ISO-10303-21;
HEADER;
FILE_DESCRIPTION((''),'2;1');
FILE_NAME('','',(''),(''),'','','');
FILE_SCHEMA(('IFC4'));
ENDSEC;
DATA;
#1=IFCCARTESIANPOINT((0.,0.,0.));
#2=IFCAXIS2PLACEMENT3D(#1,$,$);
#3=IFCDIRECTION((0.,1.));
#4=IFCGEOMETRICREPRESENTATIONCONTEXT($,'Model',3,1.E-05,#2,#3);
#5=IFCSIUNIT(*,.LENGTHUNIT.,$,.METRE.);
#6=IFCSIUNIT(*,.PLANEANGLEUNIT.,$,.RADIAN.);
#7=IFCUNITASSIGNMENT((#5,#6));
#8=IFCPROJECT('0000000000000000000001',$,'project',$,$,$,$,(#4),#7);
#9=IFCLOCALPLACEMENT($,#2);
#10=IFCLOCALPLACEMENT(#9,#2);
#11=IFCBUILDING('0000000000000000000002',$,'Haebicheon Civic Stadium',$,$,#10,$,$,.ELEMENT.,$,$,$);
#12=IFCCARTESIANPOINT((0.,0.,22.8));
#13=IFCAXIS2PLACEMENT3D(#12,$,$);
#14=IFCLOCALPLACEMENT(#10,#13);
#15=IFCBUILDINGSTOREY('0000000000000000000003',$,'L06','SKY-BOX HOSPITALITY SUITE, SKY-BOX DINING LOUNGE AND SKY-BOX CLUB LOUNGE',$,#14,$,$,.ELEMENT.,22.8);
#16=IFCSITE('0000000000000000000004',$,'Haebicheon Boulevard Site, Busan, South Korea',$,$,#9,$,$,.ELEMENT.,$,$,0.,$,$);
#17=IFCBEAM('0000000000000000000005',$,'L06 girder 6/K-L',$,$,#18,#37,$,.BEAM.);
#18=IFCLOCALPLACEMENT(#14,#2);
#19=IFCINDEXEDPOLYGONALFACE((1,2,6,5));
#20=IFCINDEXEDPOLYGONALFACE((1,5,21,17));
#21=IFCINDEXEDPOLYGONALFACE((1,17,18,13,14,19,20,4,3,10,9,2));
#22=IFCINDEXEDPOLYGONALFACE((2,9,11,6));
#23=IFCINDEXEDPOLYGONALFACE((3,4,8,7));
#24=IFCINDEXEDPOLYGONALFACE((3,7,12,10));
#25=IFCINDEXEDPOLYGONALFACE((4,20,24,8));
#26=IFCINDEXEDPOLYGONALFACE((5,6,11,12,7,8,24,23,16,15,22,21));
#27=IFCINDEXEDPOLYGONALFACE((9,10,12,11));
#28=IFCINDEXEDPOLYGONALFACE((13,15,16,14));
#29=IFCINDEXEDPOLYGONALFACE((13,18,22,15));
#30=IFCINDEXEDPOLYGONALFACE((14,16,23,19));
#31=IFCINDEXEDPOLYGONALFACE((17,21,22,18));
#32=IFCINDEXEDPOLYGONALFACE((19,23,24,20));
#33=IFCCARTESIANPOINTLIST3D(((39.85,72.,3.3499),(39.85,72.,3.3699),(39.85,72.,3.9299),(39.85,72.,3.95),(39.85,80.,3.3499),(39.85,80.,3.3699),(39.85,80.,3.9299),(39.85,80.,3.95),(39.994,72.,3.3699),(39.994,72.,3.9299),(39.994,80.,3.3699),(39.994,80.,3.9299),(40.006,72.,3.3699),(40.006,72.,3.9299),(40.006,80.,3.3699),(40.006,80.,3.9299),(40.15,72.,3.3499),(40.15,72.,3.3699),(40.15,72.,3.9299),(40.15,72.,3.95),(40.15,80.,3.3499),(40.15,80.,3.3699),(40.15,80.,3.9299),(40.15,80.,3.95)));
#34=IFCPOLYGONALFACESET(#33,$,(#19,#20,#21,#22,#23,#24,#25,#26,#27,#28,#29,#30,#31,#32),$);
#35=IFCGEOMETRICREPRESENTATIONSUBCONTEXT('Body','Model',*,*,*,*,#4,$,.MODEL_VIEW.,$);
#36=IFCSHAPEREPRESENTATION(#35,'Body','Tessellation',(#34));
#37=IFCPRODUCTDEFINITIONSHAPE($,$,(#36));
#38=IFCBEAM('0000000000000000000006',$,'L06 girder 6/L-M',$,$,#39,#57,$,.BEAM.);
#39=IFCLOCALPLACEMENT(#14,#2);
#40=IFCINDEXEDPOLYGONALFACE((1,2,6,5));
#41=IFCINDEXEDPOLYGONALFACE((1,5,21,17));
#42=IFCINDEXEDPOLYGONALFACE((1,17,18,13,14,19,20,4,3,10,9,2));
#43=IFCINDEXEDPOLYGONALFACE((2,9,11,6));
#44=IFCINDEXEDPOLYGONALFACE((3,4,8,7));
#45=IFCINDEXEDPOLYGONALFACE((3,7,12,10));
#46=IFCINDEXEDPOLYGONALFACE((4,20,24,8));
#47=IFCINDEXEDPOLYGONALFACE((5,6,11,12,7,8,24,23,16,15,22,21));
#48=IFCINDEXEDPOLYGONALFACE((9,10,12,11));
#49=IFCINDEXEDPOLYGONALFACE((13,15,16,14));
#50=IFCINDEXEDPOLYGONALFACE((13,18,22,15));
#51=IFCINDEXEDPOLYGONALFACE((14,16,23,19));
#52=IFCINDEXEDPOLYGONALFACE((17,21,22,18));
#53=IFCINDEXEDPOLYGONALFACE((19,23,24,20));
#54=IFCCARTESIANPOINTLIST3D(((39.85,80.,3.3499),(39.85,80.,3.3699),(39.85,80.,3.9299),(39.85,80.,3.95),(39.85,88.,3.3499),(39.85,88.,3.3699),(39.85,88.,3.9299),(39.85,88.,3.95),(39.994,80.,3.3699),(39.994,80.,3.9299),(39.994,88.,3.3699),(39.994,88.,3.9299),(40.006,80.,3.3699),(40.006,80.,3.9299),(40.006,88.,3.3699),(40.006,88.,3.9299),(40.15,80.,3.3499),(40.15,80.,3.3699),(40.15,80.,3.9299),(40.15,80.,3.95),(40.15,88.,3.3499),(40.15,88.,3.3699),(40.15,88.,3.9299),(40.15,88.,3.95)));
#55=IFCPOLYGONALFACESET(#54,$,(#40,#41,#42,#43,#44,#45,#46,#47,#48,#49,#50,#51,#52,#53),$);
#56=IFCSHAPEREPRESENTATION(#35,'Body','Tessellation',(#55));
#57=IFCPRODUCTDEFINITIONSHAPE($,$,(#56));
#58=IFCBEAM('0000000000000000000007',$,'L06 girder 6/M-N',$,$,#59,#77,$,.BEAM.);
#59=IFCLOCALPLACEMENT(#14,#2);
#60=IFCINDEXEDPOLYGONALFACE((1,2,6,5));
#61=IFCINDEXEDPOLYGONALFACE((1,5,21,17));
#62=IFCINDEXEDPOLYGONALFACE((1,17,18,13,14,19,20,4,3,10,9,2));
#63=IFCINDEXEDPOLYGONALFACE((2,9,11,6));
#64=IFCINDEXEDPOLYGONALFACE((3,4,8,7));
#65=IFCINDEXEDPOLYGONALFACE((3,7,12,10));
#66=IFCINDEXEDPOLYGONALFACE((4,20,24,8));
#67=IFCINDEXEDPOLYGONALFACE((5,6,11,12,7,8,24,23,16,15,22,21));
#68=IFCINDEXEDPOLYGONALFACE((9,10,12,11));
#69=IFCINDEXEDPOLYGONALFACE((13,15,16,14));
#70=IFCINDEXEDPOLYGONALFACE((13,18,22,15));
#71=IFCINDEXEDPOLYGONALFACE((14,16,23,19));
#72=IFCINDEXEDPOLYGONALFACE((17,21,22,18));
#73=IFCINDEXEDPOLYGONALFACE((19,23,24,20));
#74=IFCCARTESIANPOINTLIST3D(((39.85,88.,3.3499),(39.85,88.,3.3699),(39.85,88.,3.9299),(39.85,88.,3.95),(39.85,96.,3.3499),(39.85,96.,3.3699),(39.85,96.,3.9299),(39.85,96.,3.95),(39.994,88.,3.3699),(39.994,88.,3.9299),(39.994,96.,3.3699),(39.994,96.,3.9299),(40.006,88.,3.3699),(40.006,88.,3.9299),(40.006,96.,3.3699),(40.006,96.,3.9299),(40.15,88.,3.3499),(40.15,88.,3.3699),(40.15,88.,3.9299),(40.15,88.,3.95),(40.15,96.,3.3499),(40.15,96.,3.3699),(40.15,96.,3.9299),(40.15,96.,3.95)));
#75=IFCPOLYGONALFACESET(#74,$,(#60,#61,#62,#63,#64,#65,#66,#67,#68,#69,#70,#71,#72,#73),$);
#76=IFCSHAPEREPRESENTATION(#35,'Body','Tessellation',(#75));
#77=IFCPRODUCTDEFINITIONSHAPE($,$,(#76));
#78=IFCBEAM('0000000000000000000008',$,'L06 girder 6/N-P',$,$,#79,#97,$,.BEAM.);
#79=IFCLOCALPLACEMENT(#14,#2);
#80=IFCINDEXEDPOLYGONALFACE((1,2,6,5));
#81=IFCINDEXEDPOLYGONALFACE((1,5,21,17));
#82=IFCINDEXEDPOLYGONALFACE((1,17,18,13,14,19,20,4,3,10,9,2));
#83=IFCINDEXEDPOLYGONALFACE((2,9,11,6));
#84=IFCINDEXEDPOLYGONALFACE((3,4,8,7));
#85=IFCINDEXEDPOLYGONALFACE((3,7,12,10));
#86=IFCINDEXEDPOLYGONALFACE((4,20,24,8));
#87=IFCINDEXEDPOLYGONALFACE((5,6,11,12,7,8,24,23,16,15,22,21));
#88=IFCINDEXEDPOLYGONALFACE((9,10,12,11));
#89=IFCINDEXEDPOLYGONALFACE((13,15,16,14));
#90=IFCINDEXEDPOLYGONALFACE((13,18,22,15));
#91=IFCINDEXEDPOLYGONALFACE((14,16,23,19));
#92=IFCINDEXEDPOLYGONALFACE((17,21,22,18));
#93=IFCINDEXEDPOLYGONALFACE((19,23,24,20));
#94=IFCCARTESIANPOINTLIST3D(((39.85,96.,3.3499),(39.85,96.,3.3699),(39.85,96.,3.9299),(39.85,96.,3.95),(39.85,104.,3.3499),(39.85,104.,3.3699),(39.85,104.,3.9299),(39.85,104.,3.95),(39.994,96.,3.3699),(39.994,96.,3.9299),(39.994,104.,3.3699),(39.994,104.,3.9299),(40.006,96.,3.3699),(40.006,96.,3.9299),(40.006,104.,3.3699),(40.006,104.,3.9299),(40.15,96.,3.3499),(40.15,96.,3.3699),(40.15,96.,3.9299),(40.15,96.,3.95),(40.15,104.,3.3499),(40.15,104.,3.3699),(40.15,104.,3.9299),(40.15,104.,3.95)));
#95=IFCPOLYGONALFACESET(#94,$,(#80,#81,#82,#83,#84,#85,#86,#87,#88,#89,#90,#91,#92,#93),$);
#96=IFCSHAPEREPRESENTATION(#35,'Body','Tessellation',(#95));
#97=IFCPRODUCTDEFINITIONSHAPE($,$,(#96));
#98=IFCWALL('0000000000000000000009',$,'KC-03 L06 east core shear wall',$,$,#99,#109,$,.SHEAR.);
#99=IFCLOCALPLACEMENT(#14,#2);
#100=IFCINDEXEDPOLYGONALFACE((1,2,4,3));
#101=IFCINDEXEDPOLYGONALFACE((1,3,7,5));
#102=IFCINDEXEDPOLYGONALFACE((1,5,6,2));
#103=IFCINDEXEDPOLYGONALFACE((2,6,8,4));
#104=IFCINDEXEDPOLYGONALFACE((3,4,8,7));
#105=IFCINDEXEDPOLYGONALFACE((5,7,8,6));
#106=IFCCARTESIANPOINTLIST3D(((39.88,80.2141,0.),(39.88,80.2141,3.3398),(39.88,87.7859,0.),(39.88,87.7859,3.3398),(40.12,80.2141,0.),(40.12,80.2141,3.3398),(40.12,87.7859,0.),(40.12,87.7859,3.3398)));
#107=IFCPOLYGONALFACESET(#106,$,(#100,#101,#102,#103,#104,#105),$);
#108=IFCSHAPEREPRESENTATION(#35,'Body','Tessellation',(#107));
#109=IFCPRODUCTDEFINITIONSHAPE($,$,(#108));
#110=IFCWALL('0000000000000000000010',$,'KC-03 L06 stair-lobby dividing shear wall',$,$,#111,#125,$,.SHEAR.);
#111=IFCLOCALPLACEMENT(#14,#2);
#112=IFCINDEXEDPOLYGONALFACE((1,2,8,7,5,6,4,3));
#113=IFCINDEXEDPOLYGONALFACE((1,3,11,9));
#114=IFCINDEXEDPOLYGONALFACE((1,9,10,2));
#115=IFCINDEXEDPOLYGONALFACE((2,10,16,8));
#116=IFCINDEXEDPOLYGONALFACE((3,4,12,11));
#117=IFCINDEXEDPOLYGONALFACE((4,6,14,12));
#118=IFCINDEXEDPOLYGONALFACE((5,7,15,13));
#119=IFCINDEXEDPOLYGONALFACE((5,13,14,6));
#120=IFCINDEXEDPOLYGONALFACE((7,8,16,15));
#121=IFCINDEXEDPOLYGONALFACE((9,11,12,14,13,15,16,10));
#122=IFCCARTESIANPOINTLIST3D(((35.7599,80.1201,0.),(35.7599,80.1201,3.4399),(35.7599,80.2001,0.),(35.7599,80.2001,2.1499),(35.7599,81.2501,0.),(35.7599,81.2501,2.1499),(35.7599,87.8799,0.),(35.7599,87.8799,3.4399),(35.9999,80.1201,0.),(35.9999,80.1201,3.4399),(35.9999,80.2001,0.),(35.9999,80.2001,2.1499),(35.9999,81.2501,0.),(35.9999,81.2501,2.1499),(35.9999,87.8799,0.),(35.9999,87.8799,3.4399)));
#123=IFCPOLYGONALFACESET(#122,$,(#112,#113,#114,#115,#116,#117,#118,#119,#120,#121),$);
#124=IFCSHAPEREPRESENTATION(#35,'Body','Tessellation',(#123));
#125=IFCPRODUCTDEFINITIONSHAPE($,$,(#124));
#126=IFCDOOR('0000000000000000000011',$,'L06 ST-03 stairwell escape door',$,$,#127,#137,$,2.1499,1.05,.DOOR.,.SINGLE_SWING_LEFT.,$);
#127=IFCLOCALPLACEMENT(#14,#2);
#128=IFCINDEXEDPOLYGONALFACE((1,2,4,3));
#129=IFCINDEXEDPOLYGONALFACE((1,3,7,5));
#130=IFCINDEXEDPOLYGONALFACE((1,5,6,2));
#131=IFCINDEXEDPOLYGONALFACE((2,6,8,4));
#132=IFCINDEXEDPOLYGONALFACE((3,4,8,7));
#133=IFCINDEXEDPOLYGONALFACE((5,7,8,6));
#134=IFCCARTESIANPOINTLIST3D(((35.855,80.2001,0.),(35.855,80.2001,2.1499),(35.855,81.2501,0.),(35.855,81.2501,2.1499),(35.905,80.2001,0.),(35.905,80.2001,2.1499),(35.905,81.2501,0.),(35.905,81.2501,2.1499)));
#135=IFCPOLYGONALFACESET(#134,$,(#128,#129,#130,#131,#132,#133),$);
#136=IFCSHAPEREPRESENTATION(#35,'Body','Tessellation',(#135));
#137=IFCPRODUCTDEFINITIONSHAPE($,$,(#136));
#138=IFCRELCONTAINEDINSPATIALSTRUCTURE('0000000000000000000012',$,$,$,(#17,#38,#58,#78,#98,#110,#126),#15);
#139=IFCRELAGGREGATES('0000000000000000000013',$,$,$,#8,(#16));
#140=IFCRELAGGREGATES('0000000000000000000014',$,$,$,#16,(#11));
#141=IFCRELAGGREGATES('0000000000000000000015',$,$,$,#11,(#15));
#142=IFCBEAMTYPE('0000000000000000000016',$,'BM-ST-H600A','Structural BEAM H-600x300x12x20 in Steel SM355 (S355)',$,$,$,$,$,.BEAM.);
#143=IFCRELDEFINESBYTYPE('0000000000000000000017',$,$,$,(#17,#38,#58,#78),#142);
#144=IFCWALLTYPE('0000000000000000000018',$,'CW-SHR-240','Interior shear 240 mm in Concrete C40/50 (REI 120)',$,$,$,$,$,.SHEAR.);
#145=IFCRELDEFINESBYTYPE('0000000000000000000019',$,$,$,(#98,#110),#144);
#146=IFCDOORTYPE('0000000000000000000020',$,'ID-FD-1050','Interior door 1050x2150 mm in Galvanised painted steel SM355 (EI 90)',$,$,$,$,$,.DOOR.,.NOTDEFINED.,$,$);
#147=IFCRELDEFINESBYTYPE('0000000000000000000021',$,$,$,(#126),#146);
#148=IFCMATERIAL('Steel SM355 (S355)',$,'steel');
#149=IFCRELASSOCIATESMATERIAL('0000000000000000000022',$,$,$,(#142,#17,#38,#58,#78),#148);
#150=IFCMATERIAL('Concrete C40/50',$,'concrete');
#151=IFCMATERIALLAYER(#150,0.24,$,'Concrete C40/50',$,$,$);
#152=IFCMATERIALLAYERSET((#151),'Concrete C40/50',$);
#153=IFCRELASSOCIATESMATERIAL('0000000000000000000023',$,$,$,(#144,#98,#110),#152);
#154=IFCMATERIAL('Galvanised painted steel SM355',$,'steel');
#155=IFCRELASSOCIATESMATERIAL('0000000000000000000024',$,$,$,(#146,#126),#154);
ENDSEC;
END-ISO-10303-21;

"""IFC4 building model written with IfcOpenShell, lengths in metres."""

from ifc_helpers import new_model, si_unit, direction, frame, frame_2d, origin, origin_2d, place, context, subcontext, project, spatial, rectangle, i_section, extrude, material, layer, layer_set, material_profile, profile_set, type_object, element, fill, save


model = new_model("IFC4")

# Units and contexts
model_context = context("Model", 3, precision=1e-05, world=origin(), true_north=direction((0.0, 1.0)))
body_context = subcontext(model_context, "Body", "Model", "MODEL_VIEW")
ifc_project = project(units=[si_unit("LENGTHUNIT", "METRE"), si_unit("PLANEANGLEUNIT", "RADIAN")], contexts=[model_context])

# Site, building, storey
site_placement = place(None, origin())
site = spatial("IfcSite", under=ifc_project, at=site_placement, Name="Haebicheon Boulevard Site, Busan, South Korea", CompositionType="ELEMENT", RefElevation=0.0)
building_placement = place(site_placement, origin())
building = spatial("IfcBuilding", under=site, at=building_placement, Name="Haebicheon Civic Stadium", CompositionType="ELEMENT")
storey_placement = place(building_placement, frame((0.0, 0.0, 22.8)))
storey = spatial("IfcBuildingStorey", under=building, at=storey_placement, Name="L06", Description="SKY-BOX HOSPITALITY SUITE, SKY-BOX DINING LOUNGE AND SKY-BOX CLUB LOUNGE", CompositionType="ELEMENT", Elevation=22.8)

# Beams
ifc_material_1 = material(Name="Steel SM355 (S355)", Category="steel")
ifc_material_profile_1 = material_profile(ifc_material_1, i_section(OverallWidth=0.3, OverallDepth=0.6001, WebThickness=0.012, FlangeThickness=0.02, at=origin_2d()), Name="H-600x300x12x20")
ifc_profile_set_1 = profile_set([ifc_material_profile_1], Name="Steel SM355 (S355)")
beam_type_1 = type_object("IfcBeamType", Name="BM-ST-H600A", Description="Structural BEAM H-600x300x12x20 in Steel SM355 (S355)", PredefinedType="BEAM", material=ifc_profile_set_1)
for number, where, z_axis, x_axis, name in (
    (1, (40.0, 72.0, 3.6499), (0.0, 1.0, 0.0), (-1.0, 0.0, 0.0), "L06 girder 6/K-L"),
    (2, (40.0, 80.0, 3.6499), (0.0, 1.0, 0.0), (-1.0, 0.0, 0.0), "L06 girder 6/L-M"),
    (3, (40.0, 88.0, 3.6499), (0.0, 1.0, 0.0), (-1.0, 0.0, 0.0), "L06 girder 6/M-N"),
    (4, (40.0, 96.0, 3.6499), (0.0, 1.0, 0.0), (-1.0, 0.0, 0.0), "L06 girder 6/N-P"),
):
    element("IfcBeam", number, at=place(storey_placement, frame(where, z_axis=z_axis, x_axis=x_axis)), inside=storey, type_object=beam_type_1, material=ifc_profile_set_1, Name=name, PredefinedType="BEAM", context=body_context, shape_type="SweptSolid", body=[
        extrude(i_section(OverallWidth=0.3, OverallDepth=0.6001, WebThickness=0.012, FlangeThickness=0.02, at=origin_2d()), origin(), (0.0, 0.0, 1.0), 8.0),
    ])

# Wall
ifc_material_2 = material(Name="Concrete C40/50", Category="concrete")
ifc_layer = layer(ifc_material_2, 0.24, Name="Concrete C40/50")
ifc_layer_set = layer_set([ifc_layer], Name="Concrete C40/50")
wall_type = type_object("IfcWallType", Name="CW-SHR-240", Description="Interior shear 240 mm in Concrete C40/50 (REI 120)", PredefinedType="SHEAR", material=ifc_layer_set)
wall_1_placement = place(storey_placement, frame((40.0, 80.2141, 0.0), z_axis=(0.0, 0.0, 1.0), x_axis=(0.0, 1.0, 0.0)))
element("IfcWall", 5, at=wall_1_placement, inside=storey, type_object=wall_type, material=ifc_layer_set, Name="KC-03 L06 east core shear wall", PredefinedType="SHEAR", context=body_context, shape_type="SweptSolid", body=[
    extrude(rectangle(XDim=7.5718, YDim=0.24, at=frame_2d((3.7859, 0.0))), origin(), (0.0, 0.0, 1.0), 3.3398),
])

# Wall, opening, door
wall_2_placement = place(storey_placement, frame((35.8799, 80.1201, 0.0), z_axis=(0.0, 0.0, 1.0), x_axis=(0.0, 1.0, 0.0)))
wall_2 = element("IfcWall", 6, at=wall_2_placement, inside=storey, type_object=wall_type, material=ifc_layer_set, Name="KC-03 L06 stair-lobby dividing shear wall", PredefinedType="SHEAR", context=body_context, shape_type="SweptSolid", body=[
    extrude(rectangle(XDim=7.7598, YDim=0.24, at=frame_2d((3.8799, 0.0))), origin(), (0.0, 0.0, 1.0), 3.4399),
])
opening_1_placement = place(wall_2_placement, frame((0.0801, 0.0, 0.0)))
opening_1 = element("IfcOpeningElement", 7, at=opening_1_placement, cuts=wall_2, PredefinedType="OPENING", context=body_context, shape_type="SweptSolid", body=[
    extrude(rectangle(XDim=1.05, YDim=2.1499, at=frame_2d((0.5249, 1.075))), frame((0.0, 0.1299, 0.0), z_axis=(0.0, -1.0, 0.0), x_axis=(1.0, 0.0, 0.0)), (0.0, 0.0, 1.0), 0.26),
])
ifc_material_3 = material(Name="Galvanised painted steel SM355", Category="steel")
door_type_1 = type_object("IfcDoorType", Name="ID-FD-1050", Description="Interior door 1050x2150 mm in Galvanised painted steel SM355 (EI 90)", OperationType="NOTDEFINED", PredefinedType="DOOR", material=ifc_material_3)
door_1_placement = place(opening_1_placement, origin())
door_1 = element("IfcDoor", 8, at=door_1_placement, inside=storey, type_object=door_type_1, material=ifc_material_3, Name="L06 ST-03 stairwell escape door", OperationType="SINGLE_SWING_LEFT", OverallHeight=2.1499, OverallWidth=1.05, PredefinedType="DOOR", context=body_context, shape_type="SweptSolid", body=[
    extrude(rectangle(XDim=1.05, YDim=2.1499, at=frame_2d((0.5249, 1.075))), frame((0.0, 0.0249, 0.0), z_axis=(0.0, -1.0, 0.0), x_axis=(1.0, 0.0, 0.0)), (0.0, 0.0, 1.0), 0.05),
])
fill(opening_1, door_1)

save(model, "model.ifc")
